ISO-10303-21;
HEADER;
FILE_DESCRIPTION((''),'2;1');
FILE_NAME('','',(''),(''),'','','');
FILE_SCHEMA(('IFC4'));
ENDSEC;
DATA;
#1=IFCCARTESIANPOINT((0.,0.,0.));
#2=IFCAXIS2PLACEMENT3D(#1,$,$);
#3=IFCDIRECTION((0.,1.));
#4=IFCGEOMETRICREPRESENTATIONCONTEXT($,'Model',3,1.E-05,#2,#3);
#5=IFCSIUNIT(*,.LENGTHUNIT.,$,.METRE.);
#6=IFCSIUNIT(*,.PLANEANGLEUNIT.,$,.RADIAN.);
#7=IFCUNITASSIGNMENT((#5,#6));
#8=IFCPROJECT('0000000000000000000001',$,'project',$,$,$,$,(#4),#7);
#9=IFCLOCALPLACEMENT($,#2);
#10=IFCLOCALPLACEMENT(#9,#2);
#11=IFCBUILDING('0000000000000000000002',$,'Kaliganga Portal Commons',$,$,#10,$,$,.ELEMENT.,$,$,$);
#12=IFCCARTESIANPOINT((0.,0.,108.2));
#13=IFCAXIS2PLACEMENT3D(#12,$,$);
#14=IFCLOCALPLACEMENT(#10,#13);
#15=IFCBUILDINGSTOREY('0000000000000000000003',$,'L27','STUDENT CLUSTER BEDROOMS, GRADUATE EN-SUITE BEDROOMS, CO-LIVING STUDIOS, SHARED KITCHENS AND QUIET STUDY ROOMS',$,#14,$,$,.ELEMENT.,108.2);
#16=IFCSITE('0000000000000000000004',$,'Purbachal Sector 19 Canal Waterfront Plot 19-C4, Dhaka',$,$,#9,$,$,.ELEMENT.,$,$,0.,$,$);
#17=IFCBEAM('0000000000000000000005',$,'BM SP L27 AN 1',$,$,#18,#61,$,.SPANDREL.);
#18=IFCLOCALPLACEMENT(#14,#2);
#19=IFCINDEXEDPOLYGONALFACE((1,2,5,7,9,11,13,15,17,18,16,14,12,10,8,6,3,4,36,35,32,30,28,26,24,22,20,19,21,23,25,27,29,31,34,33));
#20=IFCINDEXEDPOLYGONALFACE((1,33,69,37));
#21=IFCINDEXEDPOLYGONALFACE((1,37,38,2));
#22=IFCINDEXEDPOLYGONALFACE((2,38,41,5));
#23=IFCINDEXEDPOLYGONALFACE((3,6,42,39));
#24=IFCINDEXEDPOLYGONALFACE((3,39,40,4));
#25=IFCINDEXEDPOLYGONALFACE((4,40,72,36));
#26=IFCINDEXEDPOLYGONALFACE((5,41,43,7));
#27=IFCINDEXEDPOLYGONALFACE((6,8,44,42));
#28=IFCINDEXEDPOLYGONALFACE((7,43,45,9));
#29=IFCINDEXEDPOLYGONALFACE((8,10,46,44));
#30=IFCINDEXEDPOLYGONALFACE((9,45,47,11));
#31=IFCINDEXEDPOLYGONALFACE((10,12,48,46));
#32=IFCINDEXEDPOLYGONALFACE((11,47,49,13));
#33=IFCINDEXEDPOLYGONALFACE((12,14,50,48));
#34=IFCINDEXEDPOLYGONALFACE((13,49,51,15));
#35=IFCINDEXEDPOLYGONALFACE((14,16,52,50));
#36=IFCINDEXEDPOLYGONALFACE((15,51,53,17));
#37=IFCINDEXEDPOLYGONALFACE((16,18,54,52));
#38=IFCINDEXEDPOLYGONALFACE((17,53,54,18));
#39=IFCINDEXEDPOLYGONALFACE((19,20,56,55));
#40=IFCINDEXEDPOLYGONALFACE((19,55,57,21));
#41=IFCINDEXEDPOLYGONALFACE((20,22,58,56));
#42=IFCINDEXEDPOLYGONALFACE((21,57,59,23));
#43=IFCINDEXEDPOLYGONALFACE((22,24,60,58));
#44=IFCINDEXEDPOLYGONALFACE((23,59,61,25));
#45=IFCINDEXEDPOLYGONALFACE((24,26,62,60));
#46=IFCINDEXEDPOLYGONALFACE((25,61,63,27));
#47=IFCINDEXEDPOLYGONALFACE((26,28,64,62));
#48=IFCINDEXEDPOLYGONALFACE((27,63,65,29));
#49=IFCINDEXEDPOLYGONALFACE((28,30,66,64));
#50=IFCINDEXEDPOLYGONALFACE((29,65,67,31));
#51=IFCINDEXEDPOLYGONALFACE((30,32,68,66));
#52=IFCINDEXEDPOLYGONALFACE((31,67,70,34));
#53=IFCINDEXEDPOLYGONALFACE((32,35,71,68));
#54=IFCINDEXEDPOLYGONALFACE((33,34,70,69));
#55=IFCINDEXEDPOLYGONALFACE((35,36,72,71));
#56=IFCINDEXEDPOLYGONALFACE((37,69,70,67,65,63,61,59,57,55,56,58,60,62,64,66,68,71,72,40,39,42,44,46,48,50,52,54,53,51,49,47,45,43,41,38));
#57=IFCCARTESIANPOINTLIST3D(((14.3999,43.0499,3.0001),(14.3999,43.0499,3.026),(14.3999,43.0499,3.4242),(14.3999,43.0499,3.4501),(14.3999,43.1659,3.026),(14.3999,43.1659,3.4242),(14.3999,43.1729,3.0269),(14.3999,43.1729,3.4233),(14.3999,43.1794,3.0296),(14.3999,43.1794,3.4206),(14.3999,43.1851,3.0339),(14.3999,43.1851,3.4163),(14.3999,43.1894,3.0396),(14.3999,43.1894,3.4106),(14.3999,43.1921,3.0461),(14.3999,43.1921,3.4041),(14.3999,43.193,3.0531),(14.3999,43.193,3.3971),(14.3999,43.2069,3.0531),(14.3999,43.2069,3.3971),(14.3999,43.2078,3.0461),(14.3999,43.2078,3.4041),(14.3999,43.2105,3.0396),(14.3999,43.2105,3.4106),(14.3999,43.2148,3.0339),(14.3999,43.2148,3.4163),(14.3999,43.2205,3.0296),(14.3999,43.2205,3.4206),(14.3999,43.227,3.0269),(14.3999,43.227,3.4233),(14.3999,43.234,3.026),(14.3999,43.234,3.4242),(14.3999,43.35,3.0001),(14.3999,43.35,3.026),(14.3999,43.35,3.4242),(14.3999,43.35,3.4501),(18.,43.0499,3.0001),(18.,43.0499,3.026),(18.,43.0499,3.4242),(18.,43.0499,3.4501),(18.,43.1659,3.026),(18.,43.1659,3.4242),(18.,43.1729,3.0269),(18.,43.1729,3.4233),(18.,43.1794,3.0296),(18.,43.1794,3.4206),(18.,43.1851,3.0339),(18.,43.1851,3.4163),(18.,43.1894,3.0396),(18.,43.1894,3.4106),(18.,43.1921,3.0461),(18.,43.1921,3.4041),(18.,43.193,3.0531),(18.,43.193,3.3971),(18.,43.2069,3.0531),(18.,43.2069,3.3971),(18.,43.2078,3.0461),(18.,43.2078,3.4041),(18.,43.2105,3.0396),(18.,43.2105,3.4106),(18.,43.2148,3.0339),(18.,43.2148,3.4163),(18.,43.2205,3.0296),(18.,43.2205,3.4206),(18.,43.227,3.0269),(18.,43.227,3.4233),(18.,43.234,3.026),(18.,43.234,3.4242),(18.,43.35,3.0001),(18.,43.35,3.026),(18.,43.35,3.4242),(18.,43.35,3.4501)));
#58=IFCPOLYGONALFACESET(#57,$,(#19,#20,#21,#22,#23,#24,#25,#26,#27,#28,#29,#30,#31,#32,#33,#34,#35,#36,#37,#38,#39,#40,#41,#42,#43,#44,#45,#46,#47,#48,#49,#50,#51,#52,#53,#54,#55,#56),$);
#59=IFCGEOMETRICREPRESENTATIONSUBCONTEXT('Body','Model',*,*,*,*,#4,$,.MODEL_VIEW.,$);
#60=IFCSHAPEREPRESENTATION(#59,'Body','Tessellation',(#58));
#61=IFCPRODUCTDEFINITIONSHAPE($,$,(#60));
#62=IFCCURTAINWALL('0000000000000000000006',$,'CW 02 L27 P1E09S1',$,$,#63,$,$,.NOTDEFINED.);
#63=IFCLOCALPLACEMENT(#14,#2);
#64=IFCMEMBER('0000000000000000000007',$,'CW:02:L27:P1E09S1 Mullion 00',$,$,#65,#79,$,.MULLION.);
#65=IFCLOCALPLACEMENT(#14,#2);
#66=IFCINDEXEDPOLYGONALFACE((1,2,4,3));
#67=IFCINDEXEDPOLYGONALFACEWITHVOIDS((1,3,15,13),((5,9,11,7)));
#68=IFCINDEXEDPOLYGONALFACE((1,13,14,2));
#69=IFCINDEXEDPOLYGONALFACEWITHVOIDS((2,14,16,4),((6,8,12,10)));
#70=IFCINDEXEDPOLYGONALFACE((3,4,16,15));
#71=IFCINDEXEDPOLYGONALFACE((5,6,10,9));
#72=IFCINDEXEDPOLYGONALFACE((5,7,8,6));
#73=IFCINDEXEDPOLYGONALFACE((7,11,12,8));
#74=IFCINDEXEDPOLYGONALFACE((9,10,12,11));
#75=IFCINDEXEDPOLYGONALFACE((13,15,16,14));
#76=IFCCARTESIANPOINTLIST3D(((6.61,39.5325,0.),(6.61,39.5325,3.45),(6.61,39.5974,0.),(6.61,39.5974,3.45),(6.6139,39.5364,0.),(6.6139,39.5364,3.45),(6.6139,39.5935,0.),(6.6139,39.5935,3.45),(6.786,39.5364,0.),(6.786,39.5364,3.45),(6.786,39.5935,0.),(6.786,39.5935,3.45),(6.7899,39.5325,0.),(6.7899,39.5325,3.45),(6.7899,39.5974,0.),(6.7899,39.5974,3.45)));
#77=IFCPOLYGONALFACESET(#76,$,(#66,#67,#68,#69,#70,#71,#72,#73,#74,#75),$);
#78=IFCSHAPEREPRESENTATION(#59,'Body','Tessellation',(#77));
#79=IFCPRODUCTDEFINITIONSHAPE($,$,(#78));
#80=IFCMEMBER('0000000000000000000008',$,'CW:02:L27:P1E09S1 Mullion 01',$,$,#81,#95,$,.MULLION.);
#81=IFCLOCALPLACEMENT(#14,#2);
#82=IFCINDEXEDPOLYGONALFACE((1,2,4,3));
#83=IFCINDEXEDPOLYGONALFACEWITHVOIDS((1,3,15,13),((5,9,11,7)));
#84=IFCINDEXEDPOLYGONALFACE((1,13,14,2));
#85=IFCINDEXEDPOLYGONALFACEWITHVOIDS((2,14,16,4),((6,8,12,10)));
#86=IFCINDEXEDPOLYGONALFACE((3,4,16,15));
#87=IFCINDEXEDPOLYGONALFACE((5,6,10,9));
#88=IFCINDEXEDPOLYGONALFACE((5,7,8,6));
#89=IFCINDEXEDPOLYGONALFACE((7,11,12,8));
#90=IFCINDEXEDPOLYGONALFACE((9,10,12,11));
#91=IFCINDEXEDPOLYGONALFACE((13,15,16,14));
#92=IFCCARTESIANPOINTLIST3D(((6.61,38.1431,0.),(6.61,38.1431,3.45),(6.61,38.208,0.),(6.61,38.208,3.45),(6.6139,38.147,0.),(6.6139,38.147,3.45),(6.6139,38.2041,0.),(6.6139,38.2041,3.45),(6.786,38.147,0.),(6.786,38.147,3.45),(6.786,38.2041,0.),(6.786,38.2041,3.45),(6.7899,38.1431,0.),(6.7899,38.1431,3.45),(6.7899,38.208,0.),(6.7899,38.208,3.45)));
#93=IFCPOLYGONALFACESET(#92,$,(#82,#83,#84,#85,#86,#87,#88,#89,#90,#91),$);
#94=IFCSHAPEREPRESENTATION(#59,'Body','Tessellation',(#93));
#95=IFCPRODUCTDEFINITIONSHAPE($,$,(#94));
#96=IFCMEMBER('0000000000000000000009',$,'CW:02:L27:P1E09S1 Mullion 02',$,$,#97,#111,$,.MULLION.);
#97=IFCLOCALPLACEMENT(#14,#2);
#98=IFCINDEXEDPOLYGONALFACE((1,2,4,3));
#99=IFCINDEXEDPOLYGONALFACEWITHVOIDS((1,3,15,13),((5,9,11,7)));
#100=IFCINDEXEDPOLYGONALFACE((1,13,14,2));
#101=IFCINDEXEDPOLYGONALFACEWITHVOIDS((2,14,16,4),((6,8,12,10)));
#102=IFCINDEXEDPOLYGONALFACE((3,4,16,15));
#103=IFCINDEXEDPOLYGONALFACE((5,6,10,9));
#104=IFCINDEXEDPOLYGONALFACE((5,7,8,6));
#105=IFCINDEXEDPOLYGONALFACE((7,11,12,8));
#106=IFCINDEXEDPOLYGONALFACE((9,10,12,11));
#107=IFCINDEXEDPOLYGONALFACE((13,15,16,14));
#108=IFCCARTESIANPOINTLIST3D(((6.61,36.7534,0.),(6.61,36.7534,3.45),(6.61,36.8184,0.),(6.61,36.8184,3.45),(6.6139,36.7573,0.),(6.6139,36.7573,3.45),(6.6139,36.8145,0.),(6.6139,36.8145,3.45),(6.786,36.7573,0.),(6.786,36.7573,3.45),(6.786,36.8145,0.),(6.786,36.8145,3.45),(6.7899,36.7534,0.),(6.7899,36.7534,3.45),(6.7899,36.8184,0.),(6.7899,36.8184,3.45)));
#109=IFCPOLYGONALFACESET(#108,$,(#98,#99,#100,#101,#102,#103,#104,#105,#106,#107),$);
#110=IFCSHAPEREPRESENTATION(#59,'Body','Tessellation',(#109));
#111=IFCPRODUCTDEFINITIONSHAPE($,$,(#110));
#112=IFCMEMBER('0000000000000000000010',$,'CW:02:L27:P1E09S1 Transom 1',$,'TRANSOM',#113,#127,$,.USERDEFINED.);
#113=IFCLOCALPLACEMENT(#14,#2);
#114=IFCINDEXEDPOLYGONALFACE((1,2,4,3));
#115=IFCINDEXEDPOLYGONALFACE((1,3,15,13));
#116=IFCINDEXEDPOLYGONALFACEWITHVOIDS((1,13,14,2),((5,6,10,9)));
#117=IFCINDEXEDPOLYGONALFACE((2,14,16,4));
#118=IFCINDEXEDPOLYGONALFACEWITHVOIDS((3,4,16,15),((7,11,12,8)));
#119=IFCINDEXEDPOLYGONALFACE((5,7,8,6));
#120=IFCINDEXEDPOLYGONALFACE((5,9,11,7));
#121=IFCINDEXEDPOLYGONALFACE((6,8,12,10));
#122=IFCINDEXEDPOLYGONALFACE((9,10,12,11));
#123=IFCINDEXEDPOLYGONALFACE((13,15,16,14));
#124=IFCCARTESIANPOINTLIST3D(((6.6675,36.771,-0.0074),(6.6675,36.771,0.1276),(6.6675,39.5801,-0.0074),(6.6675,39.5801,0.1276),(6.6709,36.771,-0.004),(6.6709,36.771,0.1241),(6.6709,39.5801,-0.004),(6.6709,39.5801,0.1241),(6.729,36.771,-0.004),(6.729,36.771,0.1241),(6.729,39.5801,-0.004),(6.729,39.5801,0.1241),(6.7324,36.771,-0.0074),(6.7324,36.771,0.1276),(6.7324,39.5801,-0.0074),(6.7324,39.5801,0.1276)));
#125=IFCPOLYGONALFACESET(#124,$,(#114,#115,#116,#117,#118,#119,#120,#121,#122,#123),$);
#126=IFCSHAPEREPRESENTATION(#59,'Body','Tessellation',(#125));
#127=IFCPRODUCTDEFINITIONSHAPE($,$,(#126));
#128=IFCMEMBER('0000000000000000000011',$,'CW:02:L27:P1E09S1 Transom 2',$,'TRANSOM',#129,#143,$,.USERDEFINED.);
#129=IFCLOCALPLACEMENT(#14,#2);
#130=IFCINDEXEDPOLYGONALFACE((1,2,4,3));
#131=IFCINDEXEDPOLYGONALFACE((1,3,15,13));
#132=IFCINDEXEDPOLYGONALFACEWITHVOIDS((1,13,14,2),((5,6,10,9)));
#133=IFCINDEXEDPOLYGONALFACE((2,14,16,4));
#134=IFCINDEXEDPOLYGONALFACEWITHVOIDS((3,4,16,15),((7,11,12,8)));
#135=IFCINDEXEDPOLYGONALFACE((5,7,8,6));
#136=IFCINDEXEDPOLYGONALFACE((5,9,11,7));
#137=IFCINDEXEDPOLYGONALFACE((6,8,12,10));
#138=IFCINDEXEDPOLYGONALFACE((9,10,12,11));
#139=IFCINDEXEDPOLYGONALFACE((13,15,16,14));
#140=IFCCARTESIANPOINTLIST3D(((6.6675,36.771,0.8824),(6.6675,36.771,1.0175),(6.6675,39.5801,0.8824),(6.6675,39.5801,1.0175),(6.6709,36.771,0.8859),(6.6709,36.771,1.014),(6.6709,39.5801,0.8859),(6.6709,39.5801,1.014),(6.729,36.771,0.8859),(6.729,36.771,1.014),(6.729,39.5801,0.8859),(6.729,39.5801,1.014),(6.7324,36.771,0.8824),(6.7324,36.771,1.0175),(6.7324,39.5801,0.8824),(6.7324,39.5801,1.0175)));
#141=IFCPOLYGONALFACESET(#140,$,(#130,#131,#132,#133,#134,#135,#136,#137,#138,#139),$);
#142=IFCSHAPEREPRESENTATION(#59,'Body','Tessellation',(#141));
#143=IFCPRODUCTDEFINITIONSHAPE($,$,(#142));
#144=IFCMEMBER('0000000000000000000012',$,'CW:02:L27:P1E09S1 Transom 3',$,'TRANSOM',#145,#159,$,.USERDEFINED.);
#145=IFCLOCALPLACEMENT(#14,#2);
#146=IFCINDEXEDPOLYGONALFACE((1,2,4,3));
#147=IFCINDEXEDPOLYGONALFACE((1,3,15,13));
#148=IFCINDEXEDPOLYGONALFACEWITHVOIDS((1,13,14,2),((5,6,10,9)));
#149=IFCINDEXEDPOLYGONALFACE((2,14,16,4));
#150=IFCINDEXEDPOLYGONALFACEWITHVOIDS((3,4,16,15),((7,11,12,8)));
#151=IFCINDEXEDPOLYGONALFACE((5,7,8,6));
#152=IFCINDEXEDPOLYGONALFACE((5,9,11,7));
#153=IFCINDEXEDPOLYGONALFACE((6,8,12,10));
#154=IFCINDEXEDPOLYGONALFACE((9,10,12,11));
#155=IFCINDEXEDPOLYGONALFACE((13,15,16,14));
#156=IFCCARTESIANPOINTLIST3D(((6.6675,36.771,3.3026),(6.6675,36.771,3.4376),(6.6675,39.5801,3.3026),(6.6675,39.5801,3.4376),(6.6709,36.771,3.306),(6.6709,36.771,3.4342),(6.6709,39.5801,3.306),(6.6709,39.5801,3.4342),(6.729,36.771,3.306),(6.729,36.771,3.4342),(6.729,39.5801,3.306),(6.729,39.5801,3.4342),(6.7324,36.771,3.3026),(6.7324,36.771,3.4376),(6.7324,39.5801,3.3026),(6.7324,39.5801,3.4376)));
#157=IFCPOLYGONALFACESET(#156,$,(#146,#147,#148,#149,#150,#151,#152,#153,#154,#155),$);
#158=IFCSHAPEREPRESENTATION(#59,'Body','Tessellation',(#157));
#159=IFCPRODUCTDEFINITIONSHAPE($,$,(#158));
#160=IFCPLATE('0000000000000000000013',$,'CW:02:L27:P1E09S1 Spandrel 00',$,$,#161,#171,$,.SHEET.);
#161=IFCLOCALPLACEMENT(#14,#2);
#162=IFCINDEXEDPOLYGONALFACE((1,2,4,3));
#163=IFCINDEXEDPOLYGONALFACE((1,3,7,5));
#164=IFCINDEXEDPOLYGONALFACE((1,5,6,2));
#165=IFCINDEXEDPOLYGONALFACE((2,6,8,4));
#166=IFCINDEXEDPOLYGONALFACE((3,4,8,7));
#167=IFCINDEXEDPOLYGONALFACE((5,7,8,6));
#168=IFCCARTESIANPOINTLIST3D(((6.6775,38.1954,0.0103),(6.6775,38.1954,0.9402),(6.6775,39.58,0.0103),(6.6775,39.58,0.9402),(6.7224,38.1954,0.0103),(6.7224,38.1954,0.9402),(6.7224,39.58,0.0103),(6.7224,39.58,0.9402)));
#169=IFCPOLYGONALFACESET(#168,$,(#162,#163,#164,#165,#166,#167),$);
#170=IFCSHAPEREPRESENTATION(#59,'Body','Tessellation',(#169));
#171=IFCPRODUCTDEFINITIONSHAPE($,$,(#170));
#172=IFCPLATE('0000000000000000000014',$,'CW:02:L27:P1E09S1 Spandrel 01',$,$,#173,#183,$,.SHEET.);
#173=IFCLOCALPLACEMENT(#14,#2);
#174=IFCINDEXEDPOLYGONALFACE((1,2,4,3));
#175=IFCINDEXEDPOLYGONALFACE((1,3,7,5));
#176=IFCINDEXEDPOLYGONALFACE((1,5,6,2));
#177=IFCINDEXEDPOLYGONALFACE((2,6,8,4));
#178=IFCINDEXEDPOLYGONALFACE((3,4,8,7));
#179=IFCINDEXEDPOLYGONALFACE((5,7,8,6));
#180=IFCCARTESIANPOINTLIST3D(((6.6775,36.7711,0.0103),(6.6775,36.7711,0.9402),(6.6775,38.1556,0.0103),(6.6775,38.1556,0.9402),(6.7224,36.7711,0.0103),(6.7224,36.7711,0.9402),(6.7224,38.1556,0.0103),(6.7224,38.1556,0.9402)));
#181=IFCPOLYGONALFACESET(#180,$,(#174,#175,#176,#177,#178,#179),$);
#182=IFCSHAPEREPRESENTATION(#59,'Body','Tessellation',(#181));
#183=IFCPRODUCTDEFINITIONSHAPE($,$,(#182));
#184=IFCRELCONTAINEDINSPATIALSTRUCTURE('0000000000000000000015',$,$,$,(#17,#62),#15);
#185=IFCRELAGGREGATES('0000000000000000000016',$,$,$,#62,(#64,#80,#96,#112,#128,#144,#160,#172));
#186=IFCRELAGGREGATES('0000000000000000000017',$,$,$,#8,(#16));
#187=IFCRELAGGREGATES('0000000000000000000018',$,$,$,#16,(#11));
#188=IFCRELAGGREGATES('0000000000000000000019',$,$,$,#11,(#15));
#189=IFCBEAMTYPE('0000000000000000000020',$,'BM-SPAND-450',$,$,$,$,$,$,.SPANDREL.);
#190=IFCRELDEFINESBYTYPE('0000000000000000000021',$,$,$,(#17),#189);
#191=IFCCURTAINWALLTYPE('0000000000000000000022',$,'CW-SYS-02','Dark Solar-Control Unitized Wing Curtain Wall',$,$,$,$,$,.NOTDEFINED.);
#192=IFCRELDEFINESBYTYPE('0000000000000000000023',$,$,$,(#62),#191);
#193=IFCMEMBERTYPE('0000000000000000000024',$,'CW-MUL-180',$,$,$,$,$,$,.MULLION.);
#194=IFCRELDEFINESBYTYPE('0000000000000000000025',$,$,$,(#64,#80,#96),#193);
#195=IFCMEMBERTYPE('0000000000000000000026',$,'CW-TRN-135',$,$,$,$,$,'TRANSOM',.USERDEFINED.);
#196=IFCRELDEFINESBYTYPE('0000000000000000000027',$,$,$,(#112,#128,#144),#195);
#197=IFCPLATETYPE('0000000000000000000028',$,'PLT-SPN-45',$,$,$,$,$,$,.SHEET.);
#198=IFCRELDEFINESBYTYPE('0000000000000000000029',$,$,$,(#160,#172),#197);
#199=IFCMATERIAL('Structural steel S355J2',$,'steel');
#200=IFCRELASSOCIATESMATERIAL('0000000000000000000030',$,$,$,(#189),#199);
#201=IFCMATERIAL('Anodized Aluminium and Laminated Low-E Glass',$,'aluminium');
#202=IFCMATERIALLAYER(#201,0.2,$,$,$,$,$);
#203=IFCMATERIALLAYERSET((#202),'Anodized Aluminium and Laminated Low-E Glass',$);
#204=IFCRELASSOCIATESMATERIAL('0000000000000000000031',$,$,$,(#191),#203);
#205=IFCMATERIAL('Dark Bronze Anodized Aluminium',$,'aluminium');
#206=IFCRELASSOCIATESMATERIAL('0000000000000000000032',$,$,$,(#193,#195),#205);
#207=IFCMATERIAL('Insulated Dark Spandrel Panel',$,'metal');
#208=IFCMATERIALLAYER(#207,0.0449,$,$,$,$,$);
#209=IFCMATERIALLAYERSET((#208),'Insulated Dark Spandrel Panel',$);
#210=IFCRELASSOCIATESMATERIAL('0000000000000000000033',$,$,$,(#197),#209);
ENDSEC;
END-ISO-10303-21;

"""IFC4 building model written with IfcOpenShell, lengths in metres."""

from ifc_helpers import new_model, si_unit, direction, frame, origin, origin_2d, place, context, subcontext, project, spatial, rectangle, hollow_rectangle, i_section, extrude, source, transform, mapped, material, layer, layer_set, material_profile, profile_set, type_object, element, aggregate, save


model = new_model("IFC4")

# Units and contexts
model_context = context("Model", 3, precision=1e-05, world=origin(), true_north=direction((0.0, 1.0)))
body_context = subcontext(model_context, "Body", "Model", "MODEL_VIEW")
ifc_project = project(units=[si_unit("LENGTHUNIT", "METRE"), si_unit("PLANEANGLEUNIT", "RADIAN")], contexts=[model_context])

# Site, building, storey
site_placement = place(None, origin())
site = spatial("IfcSite", under=ifc_project, at=site_placement, Name="Purbachal Sector 19 Canal Waterfront Plot 19-C4, Dhaka", CompositionType="ELEMENT", RefElevation=0.0)
building_placement = place(site_placement, origin())
building = spatial("IfcBuilding", under=site, at=building_placement, Name="Kaliganga Portal Commons", CompositionType="ELEMENT")
storey_placement = place(building_placement, frame((0.0, 0.0, 108.2)))
storey = spatial("IfcBuildingStorey", under=building, at=storey_placement, Name="L27", Description="STUDENT CLUSTER BEDROOMS, GRADUATE EN-SUITE BEDROOMS, CO-LIVING STUDIOS, SHARED KITCHENS AND QUIET STUDY ROOMS", CompositionType="ELEMENT", Elevation=108.2)

# Beam
ifc_material_1 = material(Name="Structural steel S355J2", Category="steel")
ifc_material_profile_1 = material_profile(ifc_material_1, i_section(OverallWidth=0.3, OverallDepth=0.45, WebThickness=0.0139, FlangeThickness=0.0259, FilletRadius=0.0271, at=origin_2d()), Name="HE 450 B")
ifc_profile_set_1 = profile_set([ifc_material_profile_1], Name="Structural steel S355J2 wide-flange")
beam_type_1 = type_object("IfcBeamType", Name="BM-SPAND-450", PredefinedType="SPANDREL", material=ifc_profile_set_1)
shared_shape_1 = source(origin(), body_context, "Body", "SweptSolid", [
    extrude(i_section(OverallWidth=0.3, OverallDepth=0.45, WebThickness=0.0139, FlangeThickness=0.0259, FilletRadius=0.0271, at=origin_2d()), origin(), (0.0, 0.0, 1.0), 3.6001),
])
beam_1_placement = place(storey_placement, frame((14.3999, 43.2, 3.2251), z_axis=(1.0, 0.0, 0.0), x_axis=(0.0, 1.0, 0.0)))
element("IfcBeam", 1, at=beam_1_placement, inside=storey, type_object=beam_type_1, Name="BM SP L27 AN 1", PredefinedType="SPANDREL", context=body_context, shape_type="MappedRepresentation", body=[
    mapped(shared_shape_1, transform((0.0, 0.0, 0.0), x_axis=(1.0, 0.0, 0.0), y_axis=(0.0, 1.0, 0.0), z_axis=(0.0, 0.0, 1.0), scale=1.0)),
])

# Curtain wall, members, plates
ifc_material_2 = material(Name="Anodized Aluminium and Laminated Low-E Glass", Category="aluminium")
ifc_layer_1 = layer(ifc_material_2, 0.2)
ifc_layer_set_1 = layer_set([ifc_layer_1], Name="Anodized Aluminium and Laminated Low-E Glass")
curtain_wall_type = type_object("IfcCurtainWallType", Name="CW-SYS-02", Description="Dark Solar-Control Unitized Wing Curtain Wall", PredefinedType="NOTDEFINED", material=ifc_layer_set_1)
curtain_wall_placement = place(storey_placement, origin())
curtain_wall = element("IfcCurtainWall", 2, at=curtain_wall_placement, inside=storey, type_object=curtain_wall_type, Name="CW 02 L27 P1E09S1", PredefinedType="NOTDEFINED")
ifc_material_3 = material(Name="Dark Bronze Anodized Aluminium", Category="aluminium")
ifc_material_profile_2 = material_profile(ifc_material_3, hollow_rectangle(XDim=0.0649, YDim=0.1799, WallThickness=0.0039, at=origin_2d()), Name="ALU MULL 65x180x4")
ifc_profile_set_2 = profile_set([ifc_material_profile_2], Name="Dark Bronze Anodized Aluminium")
member_type_1 = type_object("IfcMemberType", Name="CW-MUL-180", PredefinedType="MULLION", material=ifc_profile_set_2)
shared_shape_2 = source(origin(), body_context, "Body", "SweptSolid", [
    extrude(hollow_rectangle(XDim=0.0649, YDim=0.1799, WallThickness=0.0039, at=origin_2d()), origin(), (0.0, 0.0, 1.0), 3.45),
])
member_1_placement = place(storey_placement, frame((6.7, 39.5649, 0.0), z_axis=(0.0, 0.0, 1.0), x_axis=(0.0, -1.0, 0.0)))
member_1 = element("IfcMember", 3, at=member_1_placement, type_object=member_type_1, Name="CW:02:L27:P1E09S1 Mullion 00", PredefinedType="MULLION", context=body_context, shape_type="MappedRepresentation", body=[
    mapped(shared_shape_2, transform((0.0, 0.0, 0.0), x_axis=(1.0, 0.0, 0.0), y_axis=(0.0, 1.0, 0.0), z_axis=(0.0, 0.0, 1.0), scale=1.0)),
])
member_2_placement = place(storey_placement, frame((6.7, 38.1755, 0.0), z_axis=(0.0, 0.0, 1.0), x_axis=(0.0, -1.0, 0.0)))
member_2 = element("IfcMember", 4, at=member_2_placement, type_object=member_type_1, Name="CW:02:L27:P1E09S1 Mullion 01", PredefinedType="MULLION", context=body_context, shape_type="MappedRepresentation", body=[
    mapped(shared_shape_2, transform((0.0, 0.0, 0.0), x_axis=(1.0, 0.0, 0.0), y_axis=(0.0, 1.0, 0.0), z_axis=(0.0, 0.0, 1.0), scale=1.0)),
])
member_3_placement = place(storey_placement, frame((6.7, 36.7859, 0.0), z_axis=(0.0, 0.0, 1.0), x_axis=(0.0, -1.0, 0.0)))
member_3 = element("IfcMember", 5, at=member_3_placement, type_object=member_type_1, Name="CW:02:L27:P1E09S1 Mullion 02", PredefinedType="MULLION", context=body_context, shape_type="MappedRepresentation", body=[
    mapped(shared_shape_2, transform((0.0, 0.0, 0.0), x_axis=(1.0, 0.0, 0.0), y_axis=(0.0, 1.0, 0.0), z_axis=(0.0, 0.0, 1.0), scale=1.0)),
])
ifc_material_profile_3 = material_profile(ifc_material_3, hollow_rectangle(XDim=0.0649, YDim=0.135, WallThickness=0.0034, at=origin_2d()), Name="ALU TRAN 65x135x3.5")
ifc_profile_set_3 = profile_set([ifc_material_profile_3], Name="Dark Bronze Anodized Aluminium")
member_type_2 = type_object("IfcMemberType", Name="CW-TRN-135", ElementType="TRANSOM", PredefinedType="USERDEFINED", material=ifc_profile_set_3)
shared_shape_3 = source(origin(), body_context, "Body", "SweptSolid", [
    extrude(hollow_rectangle(XDim=0.0649, YDim=0.135, WallThickness=0.0034, at=origin_2d()), origin(), (0.0, 0.0, 1.0), 2.8091),
])
member_4_placement = place(storey_placement, frame((6.7, 39.5801, 0.0601), z_axis=(0.0, -1.0, 0.0), x_axis=(1.0, 0.0, 0.0)))
member_4 = element("IfcMember", 6, at=member_4_placement, type_object=member_type_2, Name="CW:02:L27:P1E09S1 Transom 1", ObjectType="TRANSOM", PredefinedType="USERDEFINED", context=body_context, shape_type="MappedRepresentation", body=[
    mapped(shared_shape_3, transform((0.0, 0.0, 0.0), x_axis=(1.0, 0.0, 0.0), y_axis=(0.0, 1.0, 0.0), z_axis=(0.0, 0.0, 1.0), scale=1.0)),
])
member_5_placement = place(storey_placement, frame((6.7, 39.5801, 0.95), z_axis=(0.0, -1.0, 0.0), x_axis=(1.0, 0.0, 0.0)))
member_5 = element("IfcMember", 7, at=member_5_placement, type_object=member_type_2, Name="CW:02:L27:P1E09S1 Transom 2", ObjectType="TRANSOM", PredefinedType="USERDEFINED", context=body_context, shape_type="MappedRepresentation", body=[
    mapped(shared_shape_3, transform((0.0, 0.0, 0.0), x_axis=(1.0, 0.0, 0.0), y_axis=(0.0, 1.0, 0.0), z_axis=(0.0, 0.0, 1.0), scale=1.0)),
])
member_6_placement = place(storey_placement, frame((6.7, 39.5801, 3.3701), z_axis=(0.0, -1.0, 0.0), x_axis=(1.0, 0.0, 0.0)))
member_6 = element("IfcMember", 8, at=member_6_placement, type_object=member_type_2, Name="CW:02:L27:P1E09S1 Transom 3", ObjectType="TRANSOM", PredefinedType="USERDEFINED", context=body_context, shape_type="MappedRepresentation", body=[
    mapped(shared_shape_3, transform((0.0, 0.0, 0.0), x_axis=(1.0, 0.0, 0.0), y_axis=(0.0, 1.0, 0.0), z_axis=(0.0, 0.0, 1.0), scale=1.0)),
])
ifc_material_4 = material(Name="Insulated Dark Spandrel Panel", Category="metal")
ifc_layer_2 = layer(ifc_material_4, 0.0449)
ifc_layer_set_2 = layer_set([ifc_layer_2], Name="Insulated Dark Spandrel Panel")
plate_type_1 = type_object("IfcPlateType", Name="PLT-SPN-45", PredefinedType="SHEET", material=ifc_layer_set_2)
shared_shape_4 = source(origin(), body_context, "Body", "SweptSolid", [
    extrude(rectangle(XDim=1.3845, YDim=0.0449, at=origin_2d()), origin(), (0.0, 0.0, 1.0), 0.9299),
])
plate_1_placement = place(storey_placement, frame((6.7, 38.8877, 0.0103), z_axis=(0.0, 0.0, 1.0), x_axis=(0.0, -1.0, 0.0)))
plate_1 = element("IfcPlate", 9, at=plate_1_placement, type_object=plate_type_1, Name="CW:02:L27:P1E09S1 Spandrel 00", PredefinedType="SHEET", context=body_context, shape_type="MappedRepresentation", body=[
    mapped(shared_shape_4, transform((0.0, 0.0, 0.0), x_axis=(1.0, 0.0, 0.0), y_axis=(0.0, 1.0, 0.0), z_axis=(0.0, 0.0, 1.0), scale=1.0)),
])
plate_2_placement = place(storey_placement, frame((6.7, 37.4634, 0.0103), z_axis=(0.0, 0.0, 1.0), x_axis=(0.0, -1.0, 0.0)))
plate_2 = element("IfcPlate", 10, at=plate_2_placement, type_object=plate_type_1, Name="CW:02:L27:P1E09S1 Spandrel 01", PredefinedType="SHEET", context=body_context, shape_type="MappedRepresentation", body=[
    mapped(shared_shape_4, transform((0.0, 0.0, 0.0), x_axis=(1.0, 0.0, 0.0), y_axis=(0.0, 1.0, 0.0), z_axis=(0.0, 0.0, 1.0), scale=1.0)),
])
aggregate(curtain_wall, [member_1, member_2, member_3, member_4, member_5, member_6, plate_1, plate_2])

save(model, "model.ifc")
